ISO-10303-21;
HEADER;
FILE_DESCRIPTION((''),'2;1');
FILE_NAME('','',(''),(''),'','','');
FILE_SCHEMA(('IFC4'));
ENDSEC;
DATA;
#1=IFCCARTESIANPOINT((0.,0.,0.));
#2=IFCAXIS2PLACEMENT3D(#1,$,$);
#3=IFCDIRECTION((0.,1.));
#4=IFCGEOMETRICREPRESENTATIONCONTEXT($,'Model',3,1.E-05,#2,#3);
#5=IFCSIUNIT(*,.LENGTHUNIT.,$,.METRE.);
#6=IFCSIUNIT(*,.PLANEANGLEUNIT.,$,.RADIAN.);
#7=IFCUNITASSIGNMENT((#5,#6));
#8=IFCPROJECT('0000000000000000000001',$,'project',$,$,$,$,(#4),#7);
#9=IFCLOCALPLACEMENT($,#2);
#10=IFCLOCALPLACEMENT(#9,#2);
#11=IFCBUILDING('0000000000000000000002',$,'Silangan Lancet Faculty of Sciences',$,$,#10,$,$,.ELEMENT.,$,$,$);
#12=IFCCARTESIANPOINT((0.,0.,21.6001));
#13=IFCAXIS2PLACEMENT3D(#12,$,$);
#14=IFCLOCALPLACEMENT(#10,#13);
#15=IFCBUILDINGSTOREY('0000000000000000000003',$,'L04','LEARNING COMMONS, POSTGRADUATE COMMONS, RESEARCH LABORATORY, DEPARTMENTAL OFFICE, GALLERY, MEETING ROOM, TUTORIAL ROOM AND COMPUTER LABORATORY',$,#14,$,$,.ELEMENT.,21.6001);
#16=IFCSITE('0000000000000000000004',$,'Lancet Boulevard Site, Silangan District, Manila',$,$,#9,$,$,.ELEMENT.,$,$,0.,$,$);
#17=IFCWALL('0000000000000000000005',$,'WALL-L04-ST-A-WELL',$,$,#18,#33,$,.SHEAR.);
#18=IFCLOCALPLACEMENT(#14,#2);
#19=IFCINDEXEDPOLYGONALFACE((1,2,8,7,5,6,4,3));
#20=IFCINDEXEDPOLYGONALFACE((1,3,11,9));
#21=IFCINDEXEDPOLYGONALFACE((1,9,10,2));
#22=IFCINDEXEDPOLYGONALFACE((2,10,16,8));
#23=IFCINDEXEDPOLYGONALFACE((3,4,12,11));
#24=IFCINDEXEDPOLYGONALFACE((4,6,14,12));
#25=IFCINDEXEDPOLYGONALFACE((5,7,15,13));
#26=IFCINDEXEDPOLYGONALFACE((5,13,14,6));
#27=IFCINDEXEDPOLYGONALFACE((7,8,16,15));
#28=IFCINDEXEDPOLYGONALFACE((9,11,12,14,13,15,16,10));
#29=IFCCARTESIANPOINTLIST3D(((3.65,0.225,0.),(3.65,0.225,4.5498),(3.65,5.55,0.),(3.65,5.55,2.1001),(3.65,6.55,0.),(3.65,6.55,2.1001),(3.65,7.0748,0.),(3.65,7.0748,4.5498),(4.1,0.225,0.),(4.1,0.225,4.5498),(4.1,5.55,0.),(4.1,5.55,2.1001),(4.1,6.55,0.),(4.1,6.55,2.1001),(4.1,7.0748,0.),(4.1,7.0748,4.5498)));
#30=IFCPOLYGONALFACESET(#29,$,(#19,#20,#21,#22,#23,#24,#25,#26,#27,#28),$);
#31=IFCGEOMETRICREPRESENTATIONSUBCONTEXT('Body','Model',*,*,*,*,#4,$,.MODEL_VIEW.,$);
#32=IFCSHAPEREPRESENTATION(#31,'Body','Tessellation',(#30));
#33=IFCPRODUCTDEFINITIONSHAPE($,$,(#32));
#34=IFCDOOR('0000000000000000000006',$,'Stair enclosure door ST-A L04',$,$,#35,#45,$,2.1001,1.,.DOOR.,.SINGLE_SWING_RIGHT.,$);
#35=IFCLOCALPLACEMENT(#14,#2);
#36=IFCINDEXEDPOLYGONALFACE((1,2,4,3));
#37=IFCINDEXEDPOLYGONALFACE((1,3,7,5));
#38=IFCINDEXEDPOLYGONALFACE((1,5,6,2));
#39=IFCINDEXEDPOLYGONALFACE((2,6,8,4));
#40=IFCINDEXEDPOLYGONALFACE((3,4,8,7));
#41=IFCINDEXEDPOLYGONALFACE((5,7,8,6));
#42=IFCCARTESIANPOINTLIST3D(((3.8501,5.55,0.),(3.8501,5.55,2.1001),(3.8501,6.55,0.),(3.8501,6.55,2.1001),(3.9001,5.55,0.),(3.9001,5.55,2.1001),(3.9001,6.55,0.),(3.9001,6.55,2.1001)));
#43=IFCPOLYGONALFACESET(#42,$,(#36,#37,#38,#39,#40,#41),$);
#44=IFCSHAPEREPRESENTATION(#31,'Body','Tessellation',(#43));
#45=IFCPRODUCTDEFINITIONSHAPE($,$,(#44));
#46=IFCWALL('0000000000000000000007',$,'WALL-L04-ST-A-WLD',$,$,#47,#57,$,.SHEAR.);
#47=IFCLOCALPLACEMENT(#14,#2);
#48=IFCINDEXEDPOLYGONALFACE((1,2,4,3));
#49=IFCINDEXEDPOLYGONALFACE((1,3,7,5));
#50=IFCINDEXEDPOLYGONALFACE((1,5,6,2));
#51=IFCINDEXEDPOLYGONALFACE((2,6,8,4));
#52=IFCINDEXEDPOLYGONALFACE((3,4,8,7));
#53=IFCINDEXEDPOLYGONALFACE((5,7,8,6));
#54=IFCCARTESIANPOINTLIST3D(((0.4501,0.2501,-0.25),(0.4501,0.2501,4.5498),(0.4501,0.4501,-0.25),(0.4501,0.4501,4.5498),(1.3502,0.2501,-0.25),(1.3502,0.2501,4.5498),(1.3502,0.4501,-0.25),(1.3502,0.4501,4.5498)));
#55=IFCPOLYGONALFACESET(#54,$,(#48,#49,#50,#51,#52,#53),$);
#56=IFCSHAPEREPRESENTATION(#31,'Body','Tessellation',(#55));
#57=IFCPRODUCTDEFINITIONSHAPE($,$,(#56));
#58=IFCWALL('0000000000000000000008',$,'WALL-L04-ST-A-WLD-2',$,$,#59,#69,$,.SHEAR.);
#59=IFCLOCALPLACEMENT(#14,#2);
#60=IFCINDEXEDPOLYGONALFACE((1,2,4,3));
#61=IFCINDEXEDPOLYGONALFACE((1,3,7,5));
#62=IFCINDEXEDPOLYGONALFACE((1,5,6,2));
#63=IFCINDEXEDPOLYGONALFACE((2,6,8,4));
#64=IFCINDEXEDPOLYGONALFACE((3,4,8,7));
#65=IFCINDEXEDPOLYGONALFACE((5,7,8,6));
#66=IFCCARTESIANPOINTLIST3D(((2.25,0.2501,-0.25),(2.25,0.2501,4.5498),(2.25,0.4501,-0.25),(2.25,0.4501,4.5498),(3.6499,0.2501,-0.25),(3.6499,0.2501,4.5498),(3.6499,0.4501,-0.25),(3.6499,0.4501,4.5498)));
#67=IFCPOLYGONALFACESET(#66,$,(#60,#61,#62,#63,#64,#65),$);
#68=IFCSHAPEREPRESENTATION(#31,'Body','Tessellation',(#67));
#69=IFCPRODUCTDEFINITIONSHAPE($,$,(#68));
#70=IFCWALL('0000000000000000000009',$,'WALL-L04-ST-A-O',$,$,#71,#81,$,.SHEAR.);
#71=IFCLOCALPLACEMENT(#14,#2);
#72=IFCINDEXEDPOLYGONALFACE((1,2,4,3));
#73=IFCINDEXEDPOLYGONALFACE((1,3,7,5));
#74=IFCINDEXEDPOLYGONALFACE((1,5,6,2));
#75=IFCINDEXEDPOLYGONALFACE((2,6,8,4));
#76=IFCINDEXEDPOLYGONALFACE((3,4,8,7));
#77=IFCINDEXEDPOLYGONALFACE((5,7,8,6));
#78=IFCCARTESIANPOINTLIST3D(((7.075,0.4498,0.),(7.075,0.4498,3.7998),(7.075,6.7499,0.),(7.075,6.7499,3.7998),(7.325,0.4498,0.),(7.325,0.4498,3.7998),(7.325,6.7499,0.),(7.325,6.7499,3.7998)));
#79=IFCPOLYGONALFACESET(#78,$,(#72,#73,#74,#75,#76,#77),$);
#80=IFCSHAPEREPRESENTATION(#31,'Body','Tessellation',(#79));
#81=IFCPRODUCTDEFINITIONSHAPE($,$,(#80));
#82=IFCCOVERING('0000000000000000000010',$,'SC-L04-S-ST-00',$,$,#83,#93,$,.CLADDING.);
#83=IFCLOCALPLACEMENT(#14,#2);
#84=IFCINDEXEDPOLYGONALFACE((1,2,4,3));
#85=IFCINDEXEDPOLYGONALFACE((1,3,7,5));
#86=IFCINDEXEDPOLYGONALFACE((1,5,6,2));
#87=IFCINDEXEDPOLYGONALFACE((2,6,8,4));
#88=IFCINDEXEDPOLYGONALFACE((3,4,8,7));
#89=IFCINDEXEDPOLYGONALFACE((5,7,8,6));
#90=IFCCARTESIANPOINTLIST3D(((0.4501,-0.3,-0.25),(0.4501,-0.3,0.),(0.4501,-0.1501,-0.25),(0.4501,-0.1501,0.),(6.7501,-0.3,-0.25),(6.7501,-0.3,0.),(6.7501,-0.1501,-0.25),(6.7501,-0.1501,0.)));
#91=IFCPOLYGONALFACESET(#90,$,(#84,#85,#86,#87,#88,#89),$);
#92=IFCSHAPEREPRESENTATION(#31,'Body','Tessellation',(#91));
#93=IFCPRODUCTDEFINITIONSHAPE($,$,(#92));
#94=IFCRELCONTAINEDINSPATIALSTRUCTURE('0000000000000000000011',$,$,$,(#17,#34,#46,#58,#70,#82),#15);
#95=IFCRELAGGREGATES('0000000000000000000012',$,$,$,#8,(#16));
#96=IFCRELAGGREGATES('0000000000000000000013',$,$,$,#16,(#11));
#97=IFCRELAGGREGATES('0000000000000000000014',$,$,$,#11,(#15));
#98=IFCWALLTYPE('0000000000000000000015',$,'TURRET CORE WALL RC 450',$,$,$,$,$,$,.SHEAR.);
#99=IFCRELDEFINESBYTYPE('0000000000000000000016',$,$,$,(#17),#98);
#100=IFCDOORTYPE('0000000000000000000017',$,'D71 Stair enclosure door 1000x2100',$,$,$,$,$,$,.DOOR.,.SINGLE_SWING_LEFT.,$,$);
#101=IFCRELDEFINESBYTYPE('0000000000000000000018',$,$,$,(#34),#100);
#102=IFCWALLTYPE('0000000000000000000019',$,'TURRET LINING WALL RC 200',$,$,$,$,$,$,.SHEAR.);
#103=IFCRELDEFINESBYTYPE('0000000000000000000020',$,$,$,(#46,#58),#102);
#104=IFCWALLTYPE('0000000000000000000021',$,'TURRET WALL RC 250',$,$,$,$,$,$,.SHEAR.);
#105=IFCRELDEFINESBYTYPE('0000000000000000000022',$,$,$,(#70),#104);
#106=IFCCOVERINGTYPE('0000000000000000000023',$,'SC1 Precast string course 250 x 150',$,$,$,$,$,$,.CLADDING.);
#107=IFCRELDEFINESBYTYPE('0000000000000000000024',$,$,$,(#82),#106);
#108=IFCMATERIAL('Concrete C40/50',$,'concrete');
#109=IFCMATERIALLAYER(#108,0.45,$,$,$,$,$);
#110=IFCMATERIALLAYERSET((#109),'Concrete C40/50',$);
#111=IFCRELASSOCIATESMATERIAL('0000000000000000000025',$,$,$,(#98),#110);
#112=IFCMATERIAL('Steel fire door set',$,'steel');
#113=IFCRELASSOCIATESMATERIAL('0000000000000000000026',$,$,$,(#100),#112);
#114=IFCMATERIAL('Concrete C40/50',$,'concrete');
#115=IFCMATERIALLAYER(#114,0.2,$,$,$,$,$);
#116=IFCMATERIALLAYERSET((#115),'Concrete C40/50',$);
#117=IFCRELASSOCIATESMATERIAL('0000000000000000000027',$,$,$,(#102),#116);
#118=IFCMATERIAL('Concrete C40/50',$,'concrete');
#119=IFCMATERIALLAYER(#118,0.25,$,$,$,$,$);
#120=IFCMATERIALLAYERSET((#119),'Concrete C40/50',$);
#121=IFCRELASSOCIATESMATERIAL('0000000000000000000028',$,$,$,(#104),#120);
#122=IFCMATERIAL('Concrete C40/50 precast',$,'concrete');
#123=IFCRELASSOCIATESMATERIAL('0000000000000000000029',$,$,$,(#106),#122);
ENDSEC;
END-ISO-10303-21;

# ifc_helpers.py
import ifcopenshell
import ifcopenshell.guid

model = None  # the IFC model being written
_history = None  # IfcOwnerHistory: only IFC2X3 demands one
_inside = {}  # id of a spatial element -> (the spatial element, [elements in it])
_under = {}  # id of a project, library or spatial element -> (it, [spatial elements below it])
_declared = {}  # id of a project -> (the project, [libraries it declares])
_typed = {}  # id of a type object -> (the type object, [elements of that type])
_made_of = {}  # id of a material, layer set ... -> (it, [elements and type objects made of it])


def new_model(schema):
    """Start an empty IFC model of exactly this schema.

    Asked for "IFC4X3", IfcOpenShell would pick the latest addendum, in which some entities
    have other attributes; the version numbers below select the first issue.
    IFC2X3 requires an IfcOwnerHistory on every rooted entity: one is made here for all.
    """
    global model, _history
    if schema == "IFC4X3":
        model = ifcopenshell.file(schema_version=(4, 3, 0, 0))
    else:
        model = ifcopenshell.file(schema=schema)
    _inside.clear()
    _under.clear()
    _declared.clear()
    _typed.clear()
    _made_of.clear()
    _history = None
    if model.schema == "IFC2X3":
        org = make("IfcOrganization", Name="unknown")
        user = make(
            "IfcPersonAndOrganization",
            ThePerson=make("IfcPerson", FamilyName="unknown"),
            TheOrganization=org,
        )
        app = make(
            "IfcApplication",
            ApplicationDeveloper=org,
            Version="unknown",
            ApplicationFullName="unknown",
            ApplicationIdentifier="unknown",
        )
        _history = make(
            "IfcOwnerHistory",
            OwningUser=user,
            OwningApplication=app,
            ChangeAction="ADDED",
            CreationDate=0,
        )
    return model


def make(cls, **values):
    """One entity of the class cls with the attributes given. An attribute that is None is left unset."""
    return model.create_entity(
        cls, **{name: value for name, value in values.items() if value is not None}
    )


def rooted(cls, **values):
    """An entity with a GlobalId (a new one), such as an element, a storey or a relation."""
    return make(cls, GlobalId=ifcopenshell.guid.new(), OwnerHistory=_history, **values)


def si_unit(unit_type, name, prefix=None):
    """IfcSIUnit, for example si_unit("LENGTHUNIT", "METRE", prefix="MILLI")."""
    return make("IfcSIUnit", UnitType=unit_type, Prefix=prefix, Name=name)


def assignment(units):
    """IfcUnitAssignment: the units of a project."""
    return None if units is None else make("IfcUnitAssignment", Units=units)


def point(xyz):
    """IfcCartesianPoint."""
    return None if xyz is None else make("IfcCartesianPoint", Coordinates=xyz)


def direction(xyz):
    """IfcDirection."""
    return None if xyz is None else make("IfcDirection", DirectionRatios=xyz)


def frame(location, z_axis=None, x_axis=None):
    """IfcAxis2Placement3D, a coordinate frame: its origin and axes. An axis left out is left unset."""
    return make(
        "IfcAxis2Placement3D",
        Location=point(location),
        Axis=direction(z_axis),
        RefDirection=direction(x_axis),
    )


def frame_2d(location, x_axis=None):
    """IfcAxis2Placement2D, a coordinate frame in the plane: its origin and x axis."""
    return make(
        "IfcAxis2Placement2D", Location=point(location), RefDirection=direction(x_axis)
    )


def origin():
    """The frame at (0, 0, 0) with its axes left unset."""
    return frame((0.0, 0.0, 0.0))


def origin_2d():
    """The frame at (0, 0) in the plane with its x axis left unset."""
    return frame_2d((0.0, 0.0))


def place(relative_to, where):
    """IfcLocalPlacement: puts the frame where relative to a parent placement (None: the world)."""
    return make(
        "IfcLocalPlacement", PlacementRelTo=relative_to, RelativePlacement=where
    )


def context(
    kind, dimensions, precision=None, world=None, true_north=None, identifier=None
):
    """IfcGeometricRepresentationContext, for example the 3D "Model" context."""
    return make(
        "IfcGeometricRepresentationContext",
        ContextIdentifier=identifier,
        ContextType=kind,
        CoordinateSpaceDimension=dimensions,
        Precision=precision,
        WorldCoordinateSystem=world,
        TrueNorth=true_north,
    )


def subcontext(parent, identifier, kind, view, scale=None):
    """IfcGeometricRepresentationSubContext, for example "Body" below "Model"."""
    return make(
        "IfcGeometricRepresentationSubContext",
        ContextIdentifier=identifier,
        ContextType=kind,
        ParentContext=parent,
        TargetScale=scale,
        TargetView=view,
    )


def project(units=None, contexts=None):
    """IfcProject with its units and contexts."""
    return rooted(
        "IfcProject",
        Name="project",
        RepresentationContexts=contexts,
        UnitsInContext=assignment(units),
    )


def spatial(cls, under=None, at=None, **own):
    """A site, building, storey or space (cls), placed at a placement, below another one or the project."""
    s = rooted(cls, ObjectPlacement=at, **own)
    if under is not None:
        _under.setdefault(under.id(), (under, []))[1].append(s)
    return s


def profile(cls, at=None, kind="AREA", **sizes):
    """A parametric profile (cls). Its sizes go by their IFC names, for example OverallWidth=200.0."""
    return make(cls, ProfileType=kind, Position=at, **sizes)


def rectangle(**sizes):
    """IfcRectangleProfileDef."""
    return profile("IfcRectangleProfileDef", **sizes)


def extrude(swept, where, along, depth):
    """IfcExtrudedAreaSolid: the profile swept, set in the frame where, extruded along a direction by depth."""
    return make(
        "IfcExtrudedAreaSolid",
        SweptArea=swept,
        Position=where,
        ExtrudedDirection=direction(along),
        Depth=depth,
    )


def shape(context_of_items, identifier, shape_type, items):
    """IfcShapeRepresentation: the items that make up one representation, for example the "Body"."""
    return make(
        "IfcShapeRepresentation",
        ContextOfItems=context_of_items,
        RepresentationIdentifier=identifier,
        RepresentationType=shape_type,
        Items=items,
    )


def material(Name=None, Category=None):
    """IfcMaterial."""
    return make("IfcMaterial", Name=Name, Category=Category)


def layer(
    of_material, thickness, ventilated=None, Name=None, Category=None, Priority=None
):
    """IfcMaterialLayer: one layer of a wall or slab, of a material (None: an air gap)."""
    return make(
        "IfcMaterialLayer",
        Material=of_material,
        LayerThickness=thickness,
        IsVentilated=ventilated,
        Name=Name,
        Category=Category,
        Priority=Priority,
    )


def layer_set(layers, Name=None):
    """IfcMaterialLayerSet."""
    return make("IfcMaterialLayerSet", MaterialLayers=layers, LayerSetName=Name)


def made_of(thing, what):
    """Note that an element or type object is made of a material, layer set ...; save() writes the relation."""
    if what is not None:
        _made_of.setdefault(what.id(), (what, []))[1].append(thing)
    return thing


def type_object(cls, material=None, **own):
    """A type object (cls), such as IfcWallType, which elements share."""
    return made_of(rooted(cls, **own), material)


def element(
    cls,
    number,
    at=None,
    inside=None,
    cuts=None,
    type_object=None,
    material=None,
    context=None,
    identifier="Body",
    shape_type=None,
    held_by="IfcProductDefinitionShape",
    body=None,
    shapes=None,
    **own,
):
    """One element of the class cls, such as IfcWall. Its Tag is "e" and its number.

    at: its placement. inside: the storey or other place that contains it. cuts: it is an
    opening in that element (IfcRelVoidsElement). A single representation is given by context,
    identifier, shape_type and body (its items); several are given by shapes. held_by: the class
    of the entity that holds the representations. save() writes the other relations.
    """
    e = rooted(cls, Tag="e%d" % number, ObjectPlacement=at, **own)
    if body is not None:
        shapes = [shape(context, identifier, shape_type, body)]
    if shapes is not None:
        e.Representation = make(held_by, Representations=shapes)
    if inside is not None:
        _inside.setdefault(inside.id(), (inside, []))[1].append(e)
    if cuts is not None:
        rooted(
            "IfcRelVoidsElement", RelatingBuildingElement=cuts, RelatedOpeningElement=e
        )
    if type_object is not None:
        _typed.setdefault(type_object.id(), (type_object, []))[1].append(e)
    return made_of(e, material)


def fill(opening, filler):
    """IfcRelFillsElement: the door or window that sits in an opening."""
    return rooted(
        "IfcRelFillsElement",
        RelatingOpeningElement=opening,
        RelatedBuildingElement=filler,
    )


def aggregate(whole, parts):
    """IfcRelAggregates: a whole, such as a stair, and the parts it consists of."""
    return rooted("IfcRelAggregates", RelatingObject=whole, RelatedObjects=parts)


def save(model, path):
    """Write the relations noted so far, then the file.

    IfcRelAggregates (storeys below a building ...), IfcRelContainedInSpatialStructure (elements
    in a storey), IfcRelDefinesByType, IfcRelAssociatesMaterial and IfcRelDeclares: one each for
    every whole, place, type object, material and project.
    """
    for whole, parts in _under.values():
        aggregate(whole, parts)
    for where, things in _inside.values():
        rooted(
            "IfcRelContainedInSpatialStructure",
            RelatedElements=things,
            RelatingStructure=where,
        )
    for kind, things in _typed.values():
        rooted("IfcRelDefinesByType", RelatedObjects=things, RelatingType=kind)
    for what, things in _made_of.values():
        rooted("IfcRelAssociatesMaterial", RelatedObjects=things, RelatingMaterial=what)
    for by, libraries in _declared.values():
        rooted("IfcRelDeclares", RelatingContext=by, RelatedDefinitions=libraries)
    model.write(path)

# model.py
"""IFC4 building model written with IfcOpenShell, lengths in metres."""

from ifc_helpers import new_model, si_unit, direction, frame, frame_2d, origin, origin_2d, place, context, subcontext, project, spatial, rectangle, extrude, material, layer, layer_set, type_object, element, fill, save


model = new_model("IFC4")

# Units and contexts
model_context = context("Model", 3, precision=1e-05, world=origin(), true_north=direction((0.0, 1.0)))
body_context = subcontext(model_context, "Body", "Model", "MODEL_VIEW")
ifc_project = project(units=[si_unit("LENGTHUNIT", "METRE"), si_unit("PLANEANGLEUNIT", "RADIAN")], contexts=[model_context])

# Site, building, storey
site_placement = place(None, origin())
site = spatial("IfcSite", under=ifc_project, at=site_placement, Name="Lancet Boulevard Site, Silangan District, Manila", CompositionType="ELEMENT", RefElevation=0.0)
building_placement = place(site_placement, origin())
building = spatial("IfcBuilding", under=site, at=building_placement, Name="Silangan Lancet Faculty of Sciences", CompositionType="ELEMENT")
storey_placement = place(building_placement, frame((0.0, 0.0, 21.6001)))
storey = spatial("IfcBuildingStorey", under=building, at=storey_placement, Name="L04", Description="LEARNING COMMONS, POSTGRADUATE COMMONS, RESEARCH LABORATORY, DEPARTMENTAL OFFICE, GALLERY, MEETING ROOM, TUTORIAL ROOM AND COMPUTER LABORATORY", CompositionType="ELEMENT", Elevation=21.6001)

# Wall, opening, door
ifc_material_1 = material(Name="Concrete C40/50", Category="concrete")
ifc_layer_1 = layer(ifc_material_1, 0.45)
ifc_layer_set_1 = layer_set([ifc_layer_1], Name="Concrete C40/50")
wall_type_1 = type_object("IfcWallType", Name="TURRET CORE WALL RC 450", PredefinedType="SHEAR", material=ifc_layer_set_1)
wall_1_placement = place(storey_placement, frame((3.875, 0.2251, 0.0), z_axis=(0.0, 0.0, 1.0), x_axis=(0.0, 1.0, 0.0)))
wall_1 = element("IfcWall", 1, at=wall_1_placement, inside=storey, type_object=wall_type_1, Name="WALL-L04-ST-A-WELL", PredefinedType="SHEAR", context=body_context, shape_type="SweptSolid", body=[
    extrude(rectangle(XDim=6.8499, YDim=0.45, at=frame_2d((3.4248, 0.0))), origin(), (0.0, 0.0, 1.0), 4.5498),
])
opening_1_placement = place(wall_1_placement, frame((5.325, 0.0, 0.0)))
opening_1 = element("IfcOpeningElement", 2, at=opening_1_placement, cuts=wall_1, PredefinedType="OPENING", context=body_context, shape_type="SweptSolid", body=[
    extrude(rectangle(XDim=1.0, YDim=2.1001, at=frame_2d((0.5, 1.05))), frame((0.0, 0.2349, 0.0), z_axis=(0.0, -1.0, 0.0), x_axis=(1.0, 0.0, 0.0)), (0.0, 0.0, 1.0), 0.47),
])
ifc_material_2 = material(Name="Steel fire door set", Category="steel")
door_type = type_object("IfcDoorType", Name="D71 Stair enclosure door 1000x2100", OperationType="SINGLE_SWING_LEFT", PredefinedType="DOOR", material=ifc_material_2)
door_placement = place(opening_1_placement, origin())
door = element("IfcDoor", 3, at=door_placement, inside=storey, type_object=door_type, Name="Stair enclosure door ST-A L04", OperationType="SINGLE_SWING_RIGHT", OverallHeight=2.1001, OverallWidth=1.0, PredefinedType="DOOR", context=body_context, shape_type="SweptSolid", body=[
    extrude(rectangle(XDim=1.0, YDim=2.1001, at=frame_2d((0.5, 1.05))), frame((0.0, 0.0249, 0.0), z_axis=(0.0, -1.0, 0.0), x_axis=(1.0, 0.0, 0.0)), (0.0, 0.0, 1.0), 0.05),
])
fill(opening_1, door)

# Walls
ifc_material_3 = material(Name="Concrete C40/50", Category="concrete")
ifc_layer_2 = layer(ifc_material_3, 0.2)
ifc_layer_set_2 = layer_set([ifc_layer_2], Name="Concrete C40/50")
wall_type_2 = type_object("IfcWallType", Name="TURRET LINING WALL RC 200", PredefinedType="SHEAR", material=ifc_layer_set_2)
wall_2_placement = place(storey_placement, frame((0.45, 0.3501, -0.25), z_axis=(0.0, 0.0, 1.0), x_axis=(1.0, 0.0, 0.0)))
element("IfcWall", 4, at=wall_2_placement, inside=storey, type_object=wall_type_2, Name="WALL-L04-ST-A-WLD", PredefinedType="SHEAR", context=body_context, shape_type="SweptSolid", body=[
    extrude(rectangle(XDim=0.9001, YDim=0.2, at=frame_2d((0.4502, 0.0))), origin(), (0.0, 0.0, 1.0), 4.7998),
])
wall_3_placement = place(storey_placement, frame((2.25, 0.3501, -0.25), z_axis=(0.0, 0.0, 1.0), x_axis=(1.0, 0.0, 0.0)))
element("IfcWall", 5, at=wall_3_placement, inside=storey, type_object=wall_type_2, Name="WALL-L04-ST-A-WLD-2", PredefinedType="SHEAR", context=body_context, shape_type="SweptSolid", body=[
    extrude(rectangle(XDim=1.3999, YDim=0.2, at=frame_2d((0.7, 0.0))), origin(), (0.0, 0.0, 1.0), 4.7998),
])
ifc_material_4 = material(Name="Concrete C40/50", Category="concrete")
ifc_layer_3 = layer(ifc_material_4, 0.25)
ifc_layer_set_3 = layer_set([ifc_layer_3], Name="Concrete C40/50")
wall_type_3 = type_object("IfcWallType", Name="TURRET WALL RC 250", PredefinedType="SHEAR", material=ifc_layer_set_3)
wall_4_placement = place(storey_placement, frame((7.2, 0.45, 0.0), z_axis=(0.0, 0.0, 1.0), x_axis=(0.0, 1.0, 0.0)))
element("IfcWall", 6, at=wall_4_placement, inside=storey, type_object=wall_type_3, Name="WALL-L04-ST-A-O", PredefinedType="SHEAR", context=body_context, shape_type="SweptSolid", body=[
    extrude(rectangle(XDim=6.3, YDim=0.25, at=frame_2d((3.1499, 0.0))), origin(), (0.0, 0.0, 1.0), 3.7998),
])

# Covering
ifc_material_5 = material(Name="Concrete C40/50 precast", Category="concrete")
covering_type = type_object("IfcCoveringType", Name="SC1 Precast string course 250 x 150", PredefinedType="CLADDING", material=ifc_material_5)
covering_placement = place(storey_placement, frame((3.6001, -0.2251, -0.25), z_axis=(0.0, 0.0, 1.0), x_axis=(1.0, 0.0, 0.0)))
element("IfcCovering", 7, at=covering_placement, inside=storey, type_object=covering_type, Name="SC-L04-S-ST-00", PredefinedType="CLADDING", context=body_context, shape_type="SweptSolid", body=[
    extrude(rectangle(XDim=6.3, YDim=0.1499, at=origin_2d()), origin(), (0.0, 0.0, 1.0), 0.25),
])

save(model, "model.ifc")
